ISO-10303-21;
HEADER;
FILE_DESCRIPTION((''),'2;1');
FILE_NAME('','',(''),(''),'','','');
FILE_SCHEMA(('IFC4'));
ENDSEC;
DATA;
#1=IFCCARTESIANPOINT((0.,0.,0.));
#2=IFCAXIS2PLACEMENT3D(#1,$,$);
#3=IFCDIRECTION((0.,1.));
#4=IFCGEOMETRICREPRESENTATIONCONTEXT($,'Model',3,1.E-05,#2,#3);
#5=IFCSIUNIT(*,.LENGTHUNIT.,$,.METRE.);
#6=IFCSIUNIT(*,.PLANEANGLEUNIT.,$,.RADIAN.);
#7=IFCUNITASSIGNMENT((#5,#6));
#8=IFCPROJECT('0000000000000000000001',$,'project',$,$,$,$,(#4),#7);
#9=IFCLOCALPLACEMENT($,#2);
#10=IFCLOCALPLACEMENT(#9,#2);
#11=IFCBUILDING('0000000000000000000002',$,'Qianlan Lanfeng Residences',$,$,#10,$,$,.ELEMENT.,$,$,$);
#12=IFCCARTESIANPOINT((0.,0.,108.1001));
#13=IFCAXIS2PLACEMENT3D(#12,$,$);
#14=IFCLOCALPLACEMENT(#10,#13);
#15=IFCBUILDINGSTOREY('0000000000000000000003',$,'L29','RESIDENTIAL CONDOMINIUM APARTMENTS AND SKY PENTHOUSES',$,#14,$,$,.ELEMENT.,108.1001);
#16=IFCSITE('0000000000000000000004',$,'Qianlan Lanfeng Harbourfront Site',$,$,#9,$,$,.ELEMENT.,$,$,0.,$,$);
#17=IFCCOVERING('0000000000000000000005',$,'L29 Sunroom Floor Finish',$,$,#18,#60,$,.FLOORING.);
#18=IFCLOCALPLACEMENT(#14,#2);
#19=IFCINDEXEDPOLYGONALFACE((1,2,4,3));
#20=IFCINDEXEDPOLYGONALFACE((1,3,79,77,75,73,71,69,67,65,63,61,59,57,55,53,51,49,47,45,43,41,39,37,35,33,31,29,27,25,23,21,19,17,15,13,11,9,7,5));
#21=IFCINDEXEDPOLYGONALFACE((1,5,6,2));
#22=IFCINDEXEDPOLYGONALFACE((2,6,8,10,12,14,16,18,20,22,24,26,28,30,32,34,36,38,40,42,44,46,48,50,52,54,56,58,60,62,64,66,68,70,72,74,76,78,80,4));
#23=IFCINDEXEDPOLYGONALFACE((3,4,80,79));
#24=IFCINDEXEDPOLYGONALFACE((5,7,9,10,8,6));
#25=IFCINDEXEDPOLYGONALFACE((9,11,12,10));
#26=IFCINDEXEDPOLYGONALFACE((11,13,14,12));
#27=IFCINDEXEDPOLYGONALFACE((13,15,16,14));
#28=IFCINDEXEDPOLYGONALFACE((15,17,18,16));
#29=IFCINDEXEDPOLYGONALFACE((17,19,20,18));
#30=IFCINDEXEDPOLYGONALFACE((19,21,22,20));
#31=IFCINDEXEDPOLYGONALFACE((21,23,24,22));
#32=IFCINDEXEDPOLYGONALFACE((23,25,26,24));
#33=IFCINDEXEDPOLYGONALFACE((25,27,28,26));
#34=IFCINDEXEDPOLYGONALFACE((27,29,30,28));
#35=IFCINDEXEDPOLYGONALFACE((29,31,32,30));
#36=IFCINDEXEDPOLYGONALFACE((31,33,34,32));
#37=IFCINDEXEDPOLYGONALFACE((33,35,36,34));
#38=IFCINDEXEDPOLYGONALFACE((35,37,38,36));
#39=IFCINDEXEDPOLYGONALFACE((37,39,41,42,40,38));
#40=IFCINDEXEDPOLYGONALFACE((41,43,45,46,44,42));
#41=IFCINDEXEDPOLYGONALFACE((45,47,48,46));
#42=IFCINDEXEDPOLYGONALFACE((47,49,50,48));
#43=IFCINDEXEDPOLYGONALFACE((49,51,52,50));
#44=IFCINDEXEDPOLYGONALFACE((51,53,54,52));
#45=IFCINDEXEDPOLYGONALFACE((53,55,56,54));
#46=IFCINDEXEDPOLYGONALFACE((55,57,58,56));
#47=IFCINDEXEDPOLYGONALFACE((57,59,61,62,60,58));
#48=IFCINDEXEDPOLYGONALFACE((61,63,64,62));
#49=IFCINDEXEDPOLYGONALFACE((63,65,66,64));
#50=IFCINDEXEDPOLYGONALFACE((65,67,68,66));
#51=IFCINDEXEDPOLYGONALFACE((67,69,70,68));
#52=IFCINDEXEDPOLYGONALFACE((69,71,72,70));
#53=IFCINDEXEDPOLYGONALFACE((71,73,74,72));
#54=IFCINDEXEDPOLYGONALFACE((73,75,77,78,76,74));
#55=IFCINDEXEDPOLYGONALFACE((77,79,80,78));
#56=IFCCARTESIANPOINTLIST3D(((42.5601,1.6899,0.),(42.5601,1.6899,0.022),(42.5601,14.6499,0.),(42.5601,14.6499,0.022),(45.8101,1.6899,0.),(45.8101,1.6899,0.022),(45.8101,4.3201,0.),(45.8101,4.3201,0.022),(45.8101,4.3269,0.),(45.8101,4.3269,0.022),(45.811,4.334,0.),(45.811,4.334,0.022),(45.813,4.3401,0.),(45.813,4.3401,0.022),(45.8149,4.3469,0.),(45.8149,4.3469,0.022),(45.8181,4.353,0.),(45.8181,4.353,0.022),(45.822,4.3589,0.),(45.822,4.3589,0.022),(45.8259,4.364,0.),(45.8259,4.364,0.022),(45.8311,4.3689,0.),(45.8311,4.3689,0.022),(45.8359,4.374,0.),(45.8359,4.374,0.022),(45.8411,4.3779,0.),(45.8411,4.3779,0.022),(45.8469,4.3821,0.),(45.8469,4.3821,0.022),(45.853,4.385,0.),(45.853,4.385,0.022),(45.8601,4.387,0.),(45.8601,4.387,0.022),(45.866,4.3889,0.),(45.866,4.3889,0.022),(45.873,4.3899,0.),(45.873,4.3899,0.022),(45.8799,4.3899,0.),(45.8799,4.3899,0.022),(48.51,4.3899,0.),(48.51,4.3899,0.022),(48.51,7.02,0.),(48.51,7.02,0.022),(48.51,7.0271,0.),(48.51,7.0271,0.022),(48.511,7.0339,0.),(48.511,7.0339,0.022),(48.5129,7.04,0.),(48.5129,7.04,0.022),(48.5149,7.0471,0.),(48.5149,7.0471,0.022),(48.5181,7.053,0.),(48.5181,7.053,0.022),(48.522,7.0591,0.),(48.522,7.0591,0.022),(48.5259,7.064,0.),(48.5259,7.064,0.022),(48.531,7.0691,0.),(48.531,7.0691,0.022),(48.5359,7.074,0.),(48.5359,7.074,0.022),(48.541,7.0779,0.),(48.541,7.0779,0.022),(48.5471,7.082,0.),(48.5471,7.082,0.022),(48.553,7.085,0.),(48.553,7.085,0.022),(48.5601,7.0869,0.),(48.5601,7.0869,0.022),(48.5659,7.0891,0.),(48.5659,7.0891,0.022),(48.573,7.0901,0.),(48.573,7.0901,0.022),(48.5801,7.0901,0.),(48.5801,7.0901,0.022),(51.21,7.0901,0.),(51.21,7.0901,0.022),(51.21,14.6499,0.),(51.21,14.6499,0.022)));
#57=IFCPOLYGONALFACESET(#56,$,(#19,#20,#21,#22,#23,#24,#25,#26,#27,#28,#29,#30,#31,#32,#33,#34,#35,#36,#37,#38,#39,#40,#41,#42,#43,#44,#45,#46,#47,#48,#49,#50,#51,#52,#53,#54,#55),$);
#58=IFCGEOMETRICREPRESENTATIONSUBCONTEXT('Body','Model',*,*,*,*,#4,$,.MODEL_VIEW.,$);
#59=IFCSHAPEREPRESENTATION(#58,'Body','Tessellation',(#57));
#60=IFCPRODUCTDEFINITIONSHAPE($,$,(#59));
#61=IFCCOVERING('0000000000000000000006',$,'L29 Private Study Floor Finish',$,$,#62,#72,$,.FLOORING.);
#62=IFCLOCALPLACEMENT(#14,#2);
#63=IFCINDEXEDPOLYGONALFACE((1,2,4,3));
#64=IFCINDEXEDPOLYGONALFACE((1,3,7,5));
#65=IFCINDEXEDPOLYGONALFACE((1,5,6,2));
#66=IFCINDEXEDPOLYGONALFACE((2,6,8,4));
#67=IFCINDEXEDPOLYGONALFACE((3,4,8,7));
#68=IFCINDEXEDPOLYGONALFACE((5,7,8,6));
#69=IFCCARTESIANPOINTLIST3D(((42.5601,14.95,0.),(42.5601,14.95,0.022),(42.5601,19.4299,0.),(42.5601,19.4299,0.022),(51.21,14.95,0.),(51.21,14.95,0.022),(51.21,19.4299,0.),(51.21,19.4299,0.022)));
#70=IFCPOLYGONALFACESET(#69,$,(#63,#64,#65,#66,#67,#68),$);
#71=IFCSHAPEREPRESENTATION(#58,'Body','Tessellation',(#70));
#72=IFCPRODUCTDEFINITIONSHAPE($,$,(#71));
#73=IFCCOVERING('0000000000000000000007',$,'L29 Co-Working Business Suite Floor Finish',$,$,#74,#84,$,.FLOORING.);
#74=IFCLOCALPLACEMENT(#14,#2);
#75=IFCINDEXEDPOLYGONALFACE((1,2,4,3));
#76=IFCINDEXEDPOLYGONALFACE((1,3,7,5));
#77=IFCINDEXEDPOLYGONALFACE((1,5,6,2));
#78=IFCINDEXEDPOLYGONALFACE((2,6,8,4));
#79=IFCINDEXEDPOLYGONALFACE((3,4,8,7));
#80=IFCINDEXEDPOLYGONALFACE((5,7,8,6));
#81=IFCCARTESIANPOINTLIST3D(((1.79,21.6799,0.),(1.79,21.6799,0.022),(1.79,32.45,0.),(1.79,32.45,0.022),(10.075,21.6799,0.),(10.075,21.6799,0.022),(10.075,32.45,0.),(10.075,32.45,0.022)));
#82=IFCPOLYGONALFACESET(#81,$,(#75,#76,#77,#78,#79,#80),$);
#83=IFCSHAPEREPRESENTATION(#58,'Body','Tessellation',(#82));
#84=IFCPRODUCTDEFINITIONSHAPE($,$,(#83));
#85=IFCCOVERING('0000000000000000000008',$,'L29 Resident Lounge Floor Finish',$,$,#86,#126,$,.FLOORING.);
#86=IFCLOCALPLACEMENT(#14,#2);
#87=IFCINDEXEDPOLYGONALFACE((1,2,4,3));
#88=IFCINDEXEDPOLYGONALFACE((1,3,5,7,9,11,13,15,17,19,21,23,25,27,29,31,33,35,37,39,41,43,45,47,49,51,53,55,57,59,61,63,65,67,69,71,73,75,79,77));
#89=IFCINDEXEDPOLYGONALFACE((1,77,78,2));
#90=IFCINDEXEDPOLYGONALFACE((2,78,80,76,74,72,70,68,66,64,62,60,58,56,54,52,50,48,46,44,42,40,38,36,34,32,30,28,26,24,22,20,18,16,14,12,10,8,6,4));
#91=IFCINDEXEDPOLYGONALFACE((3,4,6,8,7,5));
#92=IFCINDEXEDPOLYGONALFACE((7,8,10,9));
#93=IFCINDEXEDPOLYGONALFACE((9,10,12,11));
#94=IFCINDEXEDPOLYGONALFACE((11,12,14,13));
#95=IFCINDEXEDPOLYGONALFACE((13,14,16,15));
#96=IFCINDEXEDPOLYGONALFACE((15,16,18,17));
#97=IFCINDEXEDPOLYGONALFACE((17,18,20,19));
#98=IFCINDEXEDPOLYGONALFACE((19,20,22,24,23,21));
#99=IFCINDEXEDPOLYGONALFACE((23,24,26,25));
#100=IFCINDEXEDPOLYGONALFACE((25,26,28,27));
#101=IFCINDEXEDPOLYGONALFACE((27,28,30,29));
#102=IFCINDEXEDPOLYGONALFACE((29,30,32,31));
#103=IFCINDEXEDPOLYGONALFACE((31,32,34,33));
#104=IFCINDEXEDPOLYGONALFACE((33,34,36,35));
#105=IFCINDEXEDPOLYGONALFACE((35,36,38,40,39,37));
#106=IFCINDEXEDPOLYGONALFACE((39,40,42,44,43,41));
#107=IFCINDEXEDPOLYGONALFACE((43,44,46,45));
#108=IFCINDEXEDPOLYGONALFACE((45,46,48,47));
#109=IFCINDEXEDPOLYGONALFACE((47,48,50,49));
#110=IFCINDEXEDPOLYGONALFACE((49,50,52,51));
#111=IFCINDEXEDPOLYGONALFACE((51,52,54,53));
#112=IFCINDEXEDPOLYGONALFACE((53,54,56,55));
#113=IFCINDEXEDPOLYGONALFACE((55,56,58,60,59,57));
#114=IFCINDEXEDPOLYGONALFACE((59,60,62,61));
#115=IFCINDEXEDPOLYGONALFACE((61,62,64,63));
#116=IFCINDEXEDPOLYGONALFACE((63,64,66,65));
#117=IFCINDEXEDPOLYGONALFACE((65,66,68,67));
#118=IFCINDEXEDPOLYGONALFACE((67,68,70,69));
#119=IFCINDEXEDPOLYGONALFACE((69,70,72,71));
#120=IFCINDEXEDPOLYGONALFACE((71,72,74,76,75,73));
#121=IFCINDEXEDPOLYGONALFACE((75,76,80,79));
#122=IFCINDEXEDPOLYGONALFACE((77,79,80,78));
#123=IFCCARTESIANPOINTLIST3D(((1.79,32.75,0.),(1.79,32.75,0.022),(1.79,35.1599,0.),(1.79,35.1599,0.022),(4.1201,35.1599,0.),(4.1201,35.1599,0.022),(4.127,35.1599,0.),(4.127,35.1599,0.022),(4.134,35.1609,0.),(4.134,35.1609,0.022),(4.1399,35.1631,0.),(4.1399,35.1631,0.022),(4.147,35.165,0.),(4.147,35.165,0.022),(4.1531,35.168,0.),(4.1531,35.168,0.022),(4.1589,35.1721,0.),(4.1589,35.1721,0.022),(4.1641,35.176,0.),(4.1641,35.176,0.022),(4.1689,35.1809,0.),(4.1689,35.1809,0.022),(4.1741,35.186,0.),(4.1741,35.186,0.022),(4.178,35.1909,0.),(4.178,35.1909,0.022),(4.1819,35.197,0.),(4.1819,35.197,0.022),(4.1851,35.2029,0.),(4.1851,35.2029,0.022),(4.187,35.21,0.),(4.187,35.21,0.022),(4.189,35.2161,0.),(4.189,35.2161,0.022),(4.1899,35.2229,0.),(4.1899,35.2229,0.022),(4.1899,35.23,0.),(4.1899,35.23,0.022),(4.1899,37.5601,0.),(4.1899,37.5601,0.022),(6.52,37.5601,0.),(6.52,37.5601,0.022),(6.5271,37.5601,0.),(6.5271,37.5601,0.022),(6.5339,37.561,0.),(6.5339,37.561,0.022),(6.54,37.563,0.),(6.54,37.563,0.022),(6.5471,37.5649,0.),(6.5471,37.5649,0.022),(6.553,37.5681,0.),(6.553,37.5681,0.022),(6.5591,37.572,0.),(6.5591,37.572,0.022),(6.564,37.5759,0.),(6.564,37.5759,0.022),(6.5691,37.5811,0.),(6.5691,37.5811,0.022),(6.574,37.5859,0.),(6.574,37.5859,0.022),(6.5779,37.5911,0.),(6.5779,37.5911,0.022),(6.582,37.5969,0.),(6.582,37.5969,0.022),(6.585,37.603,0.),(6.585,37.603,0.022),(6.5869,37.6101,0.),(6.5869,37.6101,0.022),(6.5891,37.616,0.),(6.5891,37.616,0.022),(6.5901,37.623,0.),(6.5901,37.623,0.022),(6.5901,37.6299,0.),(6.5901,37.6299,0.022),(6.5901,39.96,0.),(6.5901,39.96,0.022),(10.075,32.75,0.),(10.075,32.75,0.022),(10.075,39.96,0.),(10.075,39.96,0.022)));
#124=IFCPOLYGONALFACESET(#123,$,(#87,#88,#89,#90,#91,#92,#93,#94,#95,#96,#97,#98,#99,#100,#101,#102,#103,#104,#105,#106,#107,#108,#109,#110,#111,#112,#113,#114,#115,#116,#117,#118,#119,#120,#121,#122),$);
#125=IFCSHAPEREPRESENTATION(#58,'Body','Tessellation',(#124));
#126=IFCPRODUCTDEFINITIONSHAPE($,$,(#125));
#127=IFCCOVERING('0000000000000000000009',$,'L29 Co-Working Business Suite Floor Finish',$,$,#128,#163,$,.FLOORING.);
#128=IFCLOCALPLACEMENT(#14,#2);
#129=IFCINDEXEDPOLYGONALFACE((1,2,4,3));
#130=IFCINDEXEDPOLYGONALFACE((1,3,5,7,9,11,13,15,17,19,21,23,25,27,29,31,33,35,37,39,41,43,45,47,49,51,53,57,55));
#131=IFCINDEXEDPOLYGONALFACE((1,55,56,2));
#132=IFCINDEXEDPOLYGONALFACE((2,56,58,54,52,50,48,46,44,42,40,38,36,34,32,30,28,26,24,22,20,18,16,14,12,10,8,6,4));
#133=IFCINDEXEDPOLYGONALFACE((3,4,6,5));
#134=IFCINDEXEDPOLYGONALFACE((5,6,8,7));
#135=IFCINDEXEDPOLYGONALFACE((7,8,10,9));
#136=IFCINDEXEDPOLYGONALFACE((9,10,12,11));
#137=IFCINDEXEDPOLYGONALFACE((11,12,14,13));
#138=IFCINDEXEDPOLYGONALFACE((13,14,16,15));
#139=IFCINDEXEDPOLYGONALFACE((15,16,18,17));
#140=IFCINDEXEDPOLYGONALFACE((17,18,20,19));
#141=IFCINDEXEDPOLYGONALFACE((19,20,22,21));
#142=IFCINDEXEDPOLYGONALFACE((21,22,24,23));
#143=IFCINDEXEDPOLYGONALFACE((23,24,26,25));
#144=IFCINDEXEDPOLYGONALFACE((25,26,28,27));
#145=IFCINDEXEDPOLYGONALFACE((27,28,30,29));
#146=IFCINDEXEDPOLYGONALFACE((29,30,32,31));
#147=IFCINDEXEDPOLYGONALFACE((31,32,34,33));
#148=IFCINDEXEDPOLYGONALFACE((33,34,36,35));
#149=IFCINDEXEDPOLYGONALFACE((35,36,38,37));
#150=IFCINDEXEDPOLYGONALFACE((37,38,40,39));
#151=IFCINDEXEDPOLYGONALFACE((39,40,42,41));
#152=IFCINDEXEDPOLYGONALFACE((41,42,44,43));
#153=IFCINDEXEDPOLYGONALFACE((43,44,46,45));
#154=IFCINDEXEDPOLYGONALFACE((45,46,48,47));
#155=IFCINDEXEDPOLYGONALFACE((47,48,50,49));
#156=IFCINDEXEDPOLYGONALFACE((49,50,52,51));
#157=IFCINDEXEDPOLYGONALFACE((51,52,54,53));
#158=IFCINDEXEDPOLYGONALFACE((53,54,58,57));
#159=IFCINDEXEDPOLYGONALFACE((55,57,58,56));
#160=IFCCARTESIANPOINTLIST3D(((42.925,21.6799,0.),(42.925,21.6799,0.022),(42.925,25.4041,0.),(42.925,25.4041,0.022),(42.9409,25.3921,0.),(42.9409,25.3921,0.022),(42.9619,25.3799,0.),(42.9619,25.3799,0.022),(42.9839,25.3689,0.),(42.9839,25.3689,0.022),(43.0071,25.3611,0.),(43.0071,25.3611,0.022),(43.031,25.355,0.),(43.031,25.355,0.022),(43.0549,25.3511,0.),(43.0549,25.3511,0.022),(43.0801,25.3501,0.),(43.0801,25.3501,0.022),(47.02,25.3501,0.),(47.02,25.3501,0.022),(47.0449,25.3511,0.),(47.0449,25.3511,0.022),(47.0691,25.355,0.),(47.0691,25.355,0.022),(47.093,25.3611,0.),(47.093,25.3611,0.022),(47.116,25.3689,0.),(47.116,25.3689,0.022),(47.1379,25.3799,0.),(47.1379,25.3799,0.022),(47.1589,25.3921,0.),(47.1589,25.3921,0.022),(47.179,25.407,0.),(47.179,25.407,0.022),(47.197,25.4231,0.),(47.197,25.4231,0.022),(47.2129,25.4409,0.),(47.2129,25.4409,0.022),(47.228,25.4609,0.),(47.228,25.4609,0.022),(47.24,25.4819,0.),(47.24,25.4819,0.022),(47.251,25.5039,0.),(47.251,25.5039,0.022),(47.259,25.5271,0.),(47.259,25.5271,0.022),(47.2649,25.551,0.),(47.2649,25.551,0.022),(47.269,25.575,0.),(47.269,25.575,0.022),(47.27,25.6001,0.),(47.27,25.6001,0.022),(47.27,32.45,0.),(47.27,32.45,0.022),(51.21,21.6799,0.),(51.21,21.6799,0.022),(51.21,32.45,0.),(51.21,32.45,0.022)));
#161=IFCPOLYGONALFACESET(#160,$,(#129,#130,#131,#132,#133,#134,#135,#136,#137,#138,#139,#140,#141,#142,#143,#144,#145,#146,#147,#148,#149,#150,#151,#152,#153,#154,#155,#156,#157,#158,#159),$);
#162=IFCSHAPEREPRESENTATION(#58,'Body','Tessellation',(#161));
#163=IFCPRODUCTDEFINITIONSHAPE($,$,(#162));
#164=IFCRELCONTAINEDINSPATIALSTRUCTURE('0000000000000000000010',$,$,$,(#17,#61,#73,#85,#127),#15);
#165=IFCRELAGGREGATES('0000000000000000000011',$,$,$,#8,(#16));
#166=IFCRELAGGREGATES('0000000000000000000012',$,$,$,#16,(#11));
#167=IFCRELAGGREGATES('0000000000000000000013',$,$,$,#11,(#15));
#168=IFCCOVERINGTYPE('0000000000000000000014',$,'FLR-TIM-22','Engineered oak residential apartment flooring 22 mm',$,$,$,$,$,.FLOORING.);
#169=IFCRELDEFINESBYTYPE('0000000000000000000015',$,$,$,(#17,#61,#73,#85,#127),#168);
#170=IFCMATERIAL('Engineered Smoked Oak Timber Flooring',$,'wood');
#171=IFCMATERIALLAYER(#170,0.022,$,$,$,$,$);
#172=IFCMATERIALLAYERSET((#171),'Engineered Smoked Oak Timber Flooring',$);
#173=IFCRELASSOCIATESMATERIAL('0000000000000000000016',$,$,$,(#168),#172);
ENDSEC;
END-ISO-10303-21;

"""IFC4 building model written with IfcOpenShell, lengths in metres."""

from ifc_helpers import new_model, si_unit, direction, frame, origin, place, context, subcontext, project, spatial, polyline, outline, extrude, material, layer, layer_set, type_object, element, save


model = new_model("IFC4")

# Units and contexts
model_context = context("Model", 3, precision=1e-05, world=origin(), true_north=direction((0.0, 1.0)))
body_context = subcontext(model_context, "Body", "Model", "MODEL_VIEW")
ifc_project = project(units=[si_unit("LENGTHUNIT", "METRE"), si_unit("PLANEANGLEUNIT", "RADIAN")], contexts=[model_context])

# Site, building, storey
site_placement = place(None, origin())
site = spatial("IfcSite", under=ifc_project, at=site_placement, Name="Qianlan Lanfeng Harbourfront Site", CompositionType="ELEMENT", RefElevation=0.0)
building_placement = place(site_placement, origin())
building = spatial("IfcBuilding", under=site, at=building_placement, Name="Qianlan Lanfeng Residences", CompositionType="ELEMENT")
storey_placement = place(building_placement, frame((0.0, 0.0, 108.1001)))
storey = spatial("IfcBuildingStorey", under=building, at=storey_placement, Name="L29", Description="RESIDENTIAL CONDOMINIUM APARTMENTS AND SKY PENTHOUSES", CompositionType="ELEMENT", Elevation=108.1001)

# Coverings
ifc_material_1 = material(Name="Engineered Smoked Oak Timber Flooring", Category="wood")
ifc_layer_1 = layer(ifc_material_1, 0.022)
ifc_layer_set_1 = layer_set([ifc_layer_1], Name="Engineered Smoked Oak Timber Flooring")
covering_type_1 = type_object("IfcCoveringType", Name="FLR-TIM-22", Description="Engineered oak residential apartment flooring 22 mm", PredefinedType="FLOORING", material=ifc_layer_set_1)
covering_1_placement = place(storey_placement, origin())
element("IfcCovering", 1, at=covering_1_placement, inside=storey, type_object=covering_type_1, Name="L29 Sunroom Floor Finish", PredefinedType="FLOORING", context=body_context, shape_type="SweptSolid", body=[
    extrude(outline(polyline([(51.21, 14.6499), (42.5601, 14.6499), (42.5601, 1.6899), (45.8101, 1.6899), (45.8101, 4.3201), (45.8101, 4.3269), (45.811, 4.334), (45.813, 4.3401), (45.8149, 4.3469), (45.8181, 4.353), (45.822, 4.3589), (45.8259, 4.364), (45.8311, 4.3689), (45.8359, 4.374), (45.8411, 4.3779), (45.8469, 4.3821), (45.853, 4.385), (45.8601, 4.387), (45.866, 4.3889), (45.873, 4.3899), (45.8799, 4.3899), (48.51, 4.3899), (48.51, 7.02), (48.51, 7.0271), (48.511, 7.0339), (48.5129, 7.04), (48.5149, 7.0471), (48.5181, 7.053), (48.522, 7.0591), (48.5259, 7.064), (48.531, 7.0691), (48.5359, 7.074), (48.541, 7.0779), (48.5471, 7.082), (48.553, 7.085), (48.5601, 7.0869), (48.5659, 7.0891), (48.573, 7.0901), (48.5801, 7.0901), (51.21, 7.0901), (51.21, 14.6499)])), origin(), (0.0, 0.0, 1.0), 0.022),
])
covering_2_placement = place(storey_placement, origin())
element("IfcCovering", 2, at=covering_2_placement, inside=storey, type_object=covering_type_1, Name="L29 Private Study Floor Finish", PredefinedType="FLOORING", context=body_context, shape_type="SweptSolid", body=[
    extrude(outline(polyline([(51.21, 19.4299), (42.5601, 19.4299), (42.5601, 14.95), (51.21, 14.95), (51.21, 19.4299)])), origin(), (0.0, 0.0, 1.0), 0.022),
])
covering_3_placement = place(storey_placement, origin())
element("IfcCovering", 3, at=covering_3_placement, inside=storey, type_object=covering_type_1, Name="L29 Co-Working Business Suite Floor Finish", PredefinedType="FLOORING", context=body_context, shape_type="SweptSolid", body=[
    extrude(outline(polyline([(10.075, 32.45), (1.79, 32.45), (1.79, 21.6799), (10.075, 21.6799), (10.075, 32.45)])), origin(), (0.0, 0.0, 1.0), 0.022),
])
covering_4_placement = place(storey_placement, origin())
element("IfcCovering", 4, at=covering_4_placement, inside=storey, type_object=covering_type_1, Name="L29 Resident Lounge Floor Finish", PredefinedType="FLOORING", context=body_context, shape_type="SweptSolid", body=[
    extrude(outline(polyline([(1.79, 32.75), (10.075, 32.75), (10.075, 39.96), (6.5901, 39.96), (6.5901, 37.6299), (6.5901, 37.623), (6.5891, 37.616), (6.5869, 37.6101), (6.585, 37.603), (6.582, 37.5969), (6.5779, 37.5911), (6.574, 37.5859), (6.5691, 37.5811), (6.564, 37.5759), (6.5591, 37.572), (6.553, 37.5681), (6.5471, 37.5649), (6.54, 37.563), (6.5339, 37.561), (6.5271, 37.5601), (6.52, 37.5601), (4.1899, 37.5601), (4.1899, 35.23), (4.1899, 35.2229), (4.189, 35.2161), (4.187, 35.21), (4.1851, 35.2029), (4.1819, 35.197), (4.178, 35.1909), (4.1741, 35.186), (4.1689, 35.1809), (4.1641, 35.176), (4.1589, 35.1721), (4.1531, 35.168), (4.147, 35.165), (4.1399, 35.1631), (4.134, 35.1609), (4.127, 35.1599), (4.1201, 35.1599), (1.79, 35.1599), (1.79, 32.75)])), origin(), (0.0, 0.0, 1.0), 0.022),
])
covering_5_placement = place(storey_placement, origin())
element("IfcCovering", 5, at=covering_5_placement, inside=storey, type_object=covering_type_1, Name="L29 Co-Working Business Suite Floor Finish", PredefinedType="FLOORING", context=body_context, shape_type="SweptSolid", body=[
    extrude(outline(polyline([(51.21, 32.45), (47.27, 32.45), (47.27, 25.6001), (47.269, 25.575), (47.2649, 25.551), (47.259, 25.5271), (47.251, 25.5039), (47.24, 25.4819), (47.228, 25.4609), (47.2129, 25.4409), (47.197, 25.4231), (47.179, 25.407), (47.1589, 25.3921), (47.1379, 25.3799), (47.116, 25.3689), (47.093, 25.3611), (47.0691, 25.355), (47.0449, 25.3511), (47.02, 25.3501), (43.0801, 25.3501), (43.0549, 25.3511), (43.031, 25.355), (43.0071, 25.3611), (42.9839, 25.3689), (42.9619, 25.3799), (42.9409, 25.3921), (42.925, 25.4041), (42.925, 21.6799), (51.21, 21.6799), (51.21, 32.45)])), origin(), (0.0, 0.0, 1.0), 0.022),
])

save(model, "model.ifc")
